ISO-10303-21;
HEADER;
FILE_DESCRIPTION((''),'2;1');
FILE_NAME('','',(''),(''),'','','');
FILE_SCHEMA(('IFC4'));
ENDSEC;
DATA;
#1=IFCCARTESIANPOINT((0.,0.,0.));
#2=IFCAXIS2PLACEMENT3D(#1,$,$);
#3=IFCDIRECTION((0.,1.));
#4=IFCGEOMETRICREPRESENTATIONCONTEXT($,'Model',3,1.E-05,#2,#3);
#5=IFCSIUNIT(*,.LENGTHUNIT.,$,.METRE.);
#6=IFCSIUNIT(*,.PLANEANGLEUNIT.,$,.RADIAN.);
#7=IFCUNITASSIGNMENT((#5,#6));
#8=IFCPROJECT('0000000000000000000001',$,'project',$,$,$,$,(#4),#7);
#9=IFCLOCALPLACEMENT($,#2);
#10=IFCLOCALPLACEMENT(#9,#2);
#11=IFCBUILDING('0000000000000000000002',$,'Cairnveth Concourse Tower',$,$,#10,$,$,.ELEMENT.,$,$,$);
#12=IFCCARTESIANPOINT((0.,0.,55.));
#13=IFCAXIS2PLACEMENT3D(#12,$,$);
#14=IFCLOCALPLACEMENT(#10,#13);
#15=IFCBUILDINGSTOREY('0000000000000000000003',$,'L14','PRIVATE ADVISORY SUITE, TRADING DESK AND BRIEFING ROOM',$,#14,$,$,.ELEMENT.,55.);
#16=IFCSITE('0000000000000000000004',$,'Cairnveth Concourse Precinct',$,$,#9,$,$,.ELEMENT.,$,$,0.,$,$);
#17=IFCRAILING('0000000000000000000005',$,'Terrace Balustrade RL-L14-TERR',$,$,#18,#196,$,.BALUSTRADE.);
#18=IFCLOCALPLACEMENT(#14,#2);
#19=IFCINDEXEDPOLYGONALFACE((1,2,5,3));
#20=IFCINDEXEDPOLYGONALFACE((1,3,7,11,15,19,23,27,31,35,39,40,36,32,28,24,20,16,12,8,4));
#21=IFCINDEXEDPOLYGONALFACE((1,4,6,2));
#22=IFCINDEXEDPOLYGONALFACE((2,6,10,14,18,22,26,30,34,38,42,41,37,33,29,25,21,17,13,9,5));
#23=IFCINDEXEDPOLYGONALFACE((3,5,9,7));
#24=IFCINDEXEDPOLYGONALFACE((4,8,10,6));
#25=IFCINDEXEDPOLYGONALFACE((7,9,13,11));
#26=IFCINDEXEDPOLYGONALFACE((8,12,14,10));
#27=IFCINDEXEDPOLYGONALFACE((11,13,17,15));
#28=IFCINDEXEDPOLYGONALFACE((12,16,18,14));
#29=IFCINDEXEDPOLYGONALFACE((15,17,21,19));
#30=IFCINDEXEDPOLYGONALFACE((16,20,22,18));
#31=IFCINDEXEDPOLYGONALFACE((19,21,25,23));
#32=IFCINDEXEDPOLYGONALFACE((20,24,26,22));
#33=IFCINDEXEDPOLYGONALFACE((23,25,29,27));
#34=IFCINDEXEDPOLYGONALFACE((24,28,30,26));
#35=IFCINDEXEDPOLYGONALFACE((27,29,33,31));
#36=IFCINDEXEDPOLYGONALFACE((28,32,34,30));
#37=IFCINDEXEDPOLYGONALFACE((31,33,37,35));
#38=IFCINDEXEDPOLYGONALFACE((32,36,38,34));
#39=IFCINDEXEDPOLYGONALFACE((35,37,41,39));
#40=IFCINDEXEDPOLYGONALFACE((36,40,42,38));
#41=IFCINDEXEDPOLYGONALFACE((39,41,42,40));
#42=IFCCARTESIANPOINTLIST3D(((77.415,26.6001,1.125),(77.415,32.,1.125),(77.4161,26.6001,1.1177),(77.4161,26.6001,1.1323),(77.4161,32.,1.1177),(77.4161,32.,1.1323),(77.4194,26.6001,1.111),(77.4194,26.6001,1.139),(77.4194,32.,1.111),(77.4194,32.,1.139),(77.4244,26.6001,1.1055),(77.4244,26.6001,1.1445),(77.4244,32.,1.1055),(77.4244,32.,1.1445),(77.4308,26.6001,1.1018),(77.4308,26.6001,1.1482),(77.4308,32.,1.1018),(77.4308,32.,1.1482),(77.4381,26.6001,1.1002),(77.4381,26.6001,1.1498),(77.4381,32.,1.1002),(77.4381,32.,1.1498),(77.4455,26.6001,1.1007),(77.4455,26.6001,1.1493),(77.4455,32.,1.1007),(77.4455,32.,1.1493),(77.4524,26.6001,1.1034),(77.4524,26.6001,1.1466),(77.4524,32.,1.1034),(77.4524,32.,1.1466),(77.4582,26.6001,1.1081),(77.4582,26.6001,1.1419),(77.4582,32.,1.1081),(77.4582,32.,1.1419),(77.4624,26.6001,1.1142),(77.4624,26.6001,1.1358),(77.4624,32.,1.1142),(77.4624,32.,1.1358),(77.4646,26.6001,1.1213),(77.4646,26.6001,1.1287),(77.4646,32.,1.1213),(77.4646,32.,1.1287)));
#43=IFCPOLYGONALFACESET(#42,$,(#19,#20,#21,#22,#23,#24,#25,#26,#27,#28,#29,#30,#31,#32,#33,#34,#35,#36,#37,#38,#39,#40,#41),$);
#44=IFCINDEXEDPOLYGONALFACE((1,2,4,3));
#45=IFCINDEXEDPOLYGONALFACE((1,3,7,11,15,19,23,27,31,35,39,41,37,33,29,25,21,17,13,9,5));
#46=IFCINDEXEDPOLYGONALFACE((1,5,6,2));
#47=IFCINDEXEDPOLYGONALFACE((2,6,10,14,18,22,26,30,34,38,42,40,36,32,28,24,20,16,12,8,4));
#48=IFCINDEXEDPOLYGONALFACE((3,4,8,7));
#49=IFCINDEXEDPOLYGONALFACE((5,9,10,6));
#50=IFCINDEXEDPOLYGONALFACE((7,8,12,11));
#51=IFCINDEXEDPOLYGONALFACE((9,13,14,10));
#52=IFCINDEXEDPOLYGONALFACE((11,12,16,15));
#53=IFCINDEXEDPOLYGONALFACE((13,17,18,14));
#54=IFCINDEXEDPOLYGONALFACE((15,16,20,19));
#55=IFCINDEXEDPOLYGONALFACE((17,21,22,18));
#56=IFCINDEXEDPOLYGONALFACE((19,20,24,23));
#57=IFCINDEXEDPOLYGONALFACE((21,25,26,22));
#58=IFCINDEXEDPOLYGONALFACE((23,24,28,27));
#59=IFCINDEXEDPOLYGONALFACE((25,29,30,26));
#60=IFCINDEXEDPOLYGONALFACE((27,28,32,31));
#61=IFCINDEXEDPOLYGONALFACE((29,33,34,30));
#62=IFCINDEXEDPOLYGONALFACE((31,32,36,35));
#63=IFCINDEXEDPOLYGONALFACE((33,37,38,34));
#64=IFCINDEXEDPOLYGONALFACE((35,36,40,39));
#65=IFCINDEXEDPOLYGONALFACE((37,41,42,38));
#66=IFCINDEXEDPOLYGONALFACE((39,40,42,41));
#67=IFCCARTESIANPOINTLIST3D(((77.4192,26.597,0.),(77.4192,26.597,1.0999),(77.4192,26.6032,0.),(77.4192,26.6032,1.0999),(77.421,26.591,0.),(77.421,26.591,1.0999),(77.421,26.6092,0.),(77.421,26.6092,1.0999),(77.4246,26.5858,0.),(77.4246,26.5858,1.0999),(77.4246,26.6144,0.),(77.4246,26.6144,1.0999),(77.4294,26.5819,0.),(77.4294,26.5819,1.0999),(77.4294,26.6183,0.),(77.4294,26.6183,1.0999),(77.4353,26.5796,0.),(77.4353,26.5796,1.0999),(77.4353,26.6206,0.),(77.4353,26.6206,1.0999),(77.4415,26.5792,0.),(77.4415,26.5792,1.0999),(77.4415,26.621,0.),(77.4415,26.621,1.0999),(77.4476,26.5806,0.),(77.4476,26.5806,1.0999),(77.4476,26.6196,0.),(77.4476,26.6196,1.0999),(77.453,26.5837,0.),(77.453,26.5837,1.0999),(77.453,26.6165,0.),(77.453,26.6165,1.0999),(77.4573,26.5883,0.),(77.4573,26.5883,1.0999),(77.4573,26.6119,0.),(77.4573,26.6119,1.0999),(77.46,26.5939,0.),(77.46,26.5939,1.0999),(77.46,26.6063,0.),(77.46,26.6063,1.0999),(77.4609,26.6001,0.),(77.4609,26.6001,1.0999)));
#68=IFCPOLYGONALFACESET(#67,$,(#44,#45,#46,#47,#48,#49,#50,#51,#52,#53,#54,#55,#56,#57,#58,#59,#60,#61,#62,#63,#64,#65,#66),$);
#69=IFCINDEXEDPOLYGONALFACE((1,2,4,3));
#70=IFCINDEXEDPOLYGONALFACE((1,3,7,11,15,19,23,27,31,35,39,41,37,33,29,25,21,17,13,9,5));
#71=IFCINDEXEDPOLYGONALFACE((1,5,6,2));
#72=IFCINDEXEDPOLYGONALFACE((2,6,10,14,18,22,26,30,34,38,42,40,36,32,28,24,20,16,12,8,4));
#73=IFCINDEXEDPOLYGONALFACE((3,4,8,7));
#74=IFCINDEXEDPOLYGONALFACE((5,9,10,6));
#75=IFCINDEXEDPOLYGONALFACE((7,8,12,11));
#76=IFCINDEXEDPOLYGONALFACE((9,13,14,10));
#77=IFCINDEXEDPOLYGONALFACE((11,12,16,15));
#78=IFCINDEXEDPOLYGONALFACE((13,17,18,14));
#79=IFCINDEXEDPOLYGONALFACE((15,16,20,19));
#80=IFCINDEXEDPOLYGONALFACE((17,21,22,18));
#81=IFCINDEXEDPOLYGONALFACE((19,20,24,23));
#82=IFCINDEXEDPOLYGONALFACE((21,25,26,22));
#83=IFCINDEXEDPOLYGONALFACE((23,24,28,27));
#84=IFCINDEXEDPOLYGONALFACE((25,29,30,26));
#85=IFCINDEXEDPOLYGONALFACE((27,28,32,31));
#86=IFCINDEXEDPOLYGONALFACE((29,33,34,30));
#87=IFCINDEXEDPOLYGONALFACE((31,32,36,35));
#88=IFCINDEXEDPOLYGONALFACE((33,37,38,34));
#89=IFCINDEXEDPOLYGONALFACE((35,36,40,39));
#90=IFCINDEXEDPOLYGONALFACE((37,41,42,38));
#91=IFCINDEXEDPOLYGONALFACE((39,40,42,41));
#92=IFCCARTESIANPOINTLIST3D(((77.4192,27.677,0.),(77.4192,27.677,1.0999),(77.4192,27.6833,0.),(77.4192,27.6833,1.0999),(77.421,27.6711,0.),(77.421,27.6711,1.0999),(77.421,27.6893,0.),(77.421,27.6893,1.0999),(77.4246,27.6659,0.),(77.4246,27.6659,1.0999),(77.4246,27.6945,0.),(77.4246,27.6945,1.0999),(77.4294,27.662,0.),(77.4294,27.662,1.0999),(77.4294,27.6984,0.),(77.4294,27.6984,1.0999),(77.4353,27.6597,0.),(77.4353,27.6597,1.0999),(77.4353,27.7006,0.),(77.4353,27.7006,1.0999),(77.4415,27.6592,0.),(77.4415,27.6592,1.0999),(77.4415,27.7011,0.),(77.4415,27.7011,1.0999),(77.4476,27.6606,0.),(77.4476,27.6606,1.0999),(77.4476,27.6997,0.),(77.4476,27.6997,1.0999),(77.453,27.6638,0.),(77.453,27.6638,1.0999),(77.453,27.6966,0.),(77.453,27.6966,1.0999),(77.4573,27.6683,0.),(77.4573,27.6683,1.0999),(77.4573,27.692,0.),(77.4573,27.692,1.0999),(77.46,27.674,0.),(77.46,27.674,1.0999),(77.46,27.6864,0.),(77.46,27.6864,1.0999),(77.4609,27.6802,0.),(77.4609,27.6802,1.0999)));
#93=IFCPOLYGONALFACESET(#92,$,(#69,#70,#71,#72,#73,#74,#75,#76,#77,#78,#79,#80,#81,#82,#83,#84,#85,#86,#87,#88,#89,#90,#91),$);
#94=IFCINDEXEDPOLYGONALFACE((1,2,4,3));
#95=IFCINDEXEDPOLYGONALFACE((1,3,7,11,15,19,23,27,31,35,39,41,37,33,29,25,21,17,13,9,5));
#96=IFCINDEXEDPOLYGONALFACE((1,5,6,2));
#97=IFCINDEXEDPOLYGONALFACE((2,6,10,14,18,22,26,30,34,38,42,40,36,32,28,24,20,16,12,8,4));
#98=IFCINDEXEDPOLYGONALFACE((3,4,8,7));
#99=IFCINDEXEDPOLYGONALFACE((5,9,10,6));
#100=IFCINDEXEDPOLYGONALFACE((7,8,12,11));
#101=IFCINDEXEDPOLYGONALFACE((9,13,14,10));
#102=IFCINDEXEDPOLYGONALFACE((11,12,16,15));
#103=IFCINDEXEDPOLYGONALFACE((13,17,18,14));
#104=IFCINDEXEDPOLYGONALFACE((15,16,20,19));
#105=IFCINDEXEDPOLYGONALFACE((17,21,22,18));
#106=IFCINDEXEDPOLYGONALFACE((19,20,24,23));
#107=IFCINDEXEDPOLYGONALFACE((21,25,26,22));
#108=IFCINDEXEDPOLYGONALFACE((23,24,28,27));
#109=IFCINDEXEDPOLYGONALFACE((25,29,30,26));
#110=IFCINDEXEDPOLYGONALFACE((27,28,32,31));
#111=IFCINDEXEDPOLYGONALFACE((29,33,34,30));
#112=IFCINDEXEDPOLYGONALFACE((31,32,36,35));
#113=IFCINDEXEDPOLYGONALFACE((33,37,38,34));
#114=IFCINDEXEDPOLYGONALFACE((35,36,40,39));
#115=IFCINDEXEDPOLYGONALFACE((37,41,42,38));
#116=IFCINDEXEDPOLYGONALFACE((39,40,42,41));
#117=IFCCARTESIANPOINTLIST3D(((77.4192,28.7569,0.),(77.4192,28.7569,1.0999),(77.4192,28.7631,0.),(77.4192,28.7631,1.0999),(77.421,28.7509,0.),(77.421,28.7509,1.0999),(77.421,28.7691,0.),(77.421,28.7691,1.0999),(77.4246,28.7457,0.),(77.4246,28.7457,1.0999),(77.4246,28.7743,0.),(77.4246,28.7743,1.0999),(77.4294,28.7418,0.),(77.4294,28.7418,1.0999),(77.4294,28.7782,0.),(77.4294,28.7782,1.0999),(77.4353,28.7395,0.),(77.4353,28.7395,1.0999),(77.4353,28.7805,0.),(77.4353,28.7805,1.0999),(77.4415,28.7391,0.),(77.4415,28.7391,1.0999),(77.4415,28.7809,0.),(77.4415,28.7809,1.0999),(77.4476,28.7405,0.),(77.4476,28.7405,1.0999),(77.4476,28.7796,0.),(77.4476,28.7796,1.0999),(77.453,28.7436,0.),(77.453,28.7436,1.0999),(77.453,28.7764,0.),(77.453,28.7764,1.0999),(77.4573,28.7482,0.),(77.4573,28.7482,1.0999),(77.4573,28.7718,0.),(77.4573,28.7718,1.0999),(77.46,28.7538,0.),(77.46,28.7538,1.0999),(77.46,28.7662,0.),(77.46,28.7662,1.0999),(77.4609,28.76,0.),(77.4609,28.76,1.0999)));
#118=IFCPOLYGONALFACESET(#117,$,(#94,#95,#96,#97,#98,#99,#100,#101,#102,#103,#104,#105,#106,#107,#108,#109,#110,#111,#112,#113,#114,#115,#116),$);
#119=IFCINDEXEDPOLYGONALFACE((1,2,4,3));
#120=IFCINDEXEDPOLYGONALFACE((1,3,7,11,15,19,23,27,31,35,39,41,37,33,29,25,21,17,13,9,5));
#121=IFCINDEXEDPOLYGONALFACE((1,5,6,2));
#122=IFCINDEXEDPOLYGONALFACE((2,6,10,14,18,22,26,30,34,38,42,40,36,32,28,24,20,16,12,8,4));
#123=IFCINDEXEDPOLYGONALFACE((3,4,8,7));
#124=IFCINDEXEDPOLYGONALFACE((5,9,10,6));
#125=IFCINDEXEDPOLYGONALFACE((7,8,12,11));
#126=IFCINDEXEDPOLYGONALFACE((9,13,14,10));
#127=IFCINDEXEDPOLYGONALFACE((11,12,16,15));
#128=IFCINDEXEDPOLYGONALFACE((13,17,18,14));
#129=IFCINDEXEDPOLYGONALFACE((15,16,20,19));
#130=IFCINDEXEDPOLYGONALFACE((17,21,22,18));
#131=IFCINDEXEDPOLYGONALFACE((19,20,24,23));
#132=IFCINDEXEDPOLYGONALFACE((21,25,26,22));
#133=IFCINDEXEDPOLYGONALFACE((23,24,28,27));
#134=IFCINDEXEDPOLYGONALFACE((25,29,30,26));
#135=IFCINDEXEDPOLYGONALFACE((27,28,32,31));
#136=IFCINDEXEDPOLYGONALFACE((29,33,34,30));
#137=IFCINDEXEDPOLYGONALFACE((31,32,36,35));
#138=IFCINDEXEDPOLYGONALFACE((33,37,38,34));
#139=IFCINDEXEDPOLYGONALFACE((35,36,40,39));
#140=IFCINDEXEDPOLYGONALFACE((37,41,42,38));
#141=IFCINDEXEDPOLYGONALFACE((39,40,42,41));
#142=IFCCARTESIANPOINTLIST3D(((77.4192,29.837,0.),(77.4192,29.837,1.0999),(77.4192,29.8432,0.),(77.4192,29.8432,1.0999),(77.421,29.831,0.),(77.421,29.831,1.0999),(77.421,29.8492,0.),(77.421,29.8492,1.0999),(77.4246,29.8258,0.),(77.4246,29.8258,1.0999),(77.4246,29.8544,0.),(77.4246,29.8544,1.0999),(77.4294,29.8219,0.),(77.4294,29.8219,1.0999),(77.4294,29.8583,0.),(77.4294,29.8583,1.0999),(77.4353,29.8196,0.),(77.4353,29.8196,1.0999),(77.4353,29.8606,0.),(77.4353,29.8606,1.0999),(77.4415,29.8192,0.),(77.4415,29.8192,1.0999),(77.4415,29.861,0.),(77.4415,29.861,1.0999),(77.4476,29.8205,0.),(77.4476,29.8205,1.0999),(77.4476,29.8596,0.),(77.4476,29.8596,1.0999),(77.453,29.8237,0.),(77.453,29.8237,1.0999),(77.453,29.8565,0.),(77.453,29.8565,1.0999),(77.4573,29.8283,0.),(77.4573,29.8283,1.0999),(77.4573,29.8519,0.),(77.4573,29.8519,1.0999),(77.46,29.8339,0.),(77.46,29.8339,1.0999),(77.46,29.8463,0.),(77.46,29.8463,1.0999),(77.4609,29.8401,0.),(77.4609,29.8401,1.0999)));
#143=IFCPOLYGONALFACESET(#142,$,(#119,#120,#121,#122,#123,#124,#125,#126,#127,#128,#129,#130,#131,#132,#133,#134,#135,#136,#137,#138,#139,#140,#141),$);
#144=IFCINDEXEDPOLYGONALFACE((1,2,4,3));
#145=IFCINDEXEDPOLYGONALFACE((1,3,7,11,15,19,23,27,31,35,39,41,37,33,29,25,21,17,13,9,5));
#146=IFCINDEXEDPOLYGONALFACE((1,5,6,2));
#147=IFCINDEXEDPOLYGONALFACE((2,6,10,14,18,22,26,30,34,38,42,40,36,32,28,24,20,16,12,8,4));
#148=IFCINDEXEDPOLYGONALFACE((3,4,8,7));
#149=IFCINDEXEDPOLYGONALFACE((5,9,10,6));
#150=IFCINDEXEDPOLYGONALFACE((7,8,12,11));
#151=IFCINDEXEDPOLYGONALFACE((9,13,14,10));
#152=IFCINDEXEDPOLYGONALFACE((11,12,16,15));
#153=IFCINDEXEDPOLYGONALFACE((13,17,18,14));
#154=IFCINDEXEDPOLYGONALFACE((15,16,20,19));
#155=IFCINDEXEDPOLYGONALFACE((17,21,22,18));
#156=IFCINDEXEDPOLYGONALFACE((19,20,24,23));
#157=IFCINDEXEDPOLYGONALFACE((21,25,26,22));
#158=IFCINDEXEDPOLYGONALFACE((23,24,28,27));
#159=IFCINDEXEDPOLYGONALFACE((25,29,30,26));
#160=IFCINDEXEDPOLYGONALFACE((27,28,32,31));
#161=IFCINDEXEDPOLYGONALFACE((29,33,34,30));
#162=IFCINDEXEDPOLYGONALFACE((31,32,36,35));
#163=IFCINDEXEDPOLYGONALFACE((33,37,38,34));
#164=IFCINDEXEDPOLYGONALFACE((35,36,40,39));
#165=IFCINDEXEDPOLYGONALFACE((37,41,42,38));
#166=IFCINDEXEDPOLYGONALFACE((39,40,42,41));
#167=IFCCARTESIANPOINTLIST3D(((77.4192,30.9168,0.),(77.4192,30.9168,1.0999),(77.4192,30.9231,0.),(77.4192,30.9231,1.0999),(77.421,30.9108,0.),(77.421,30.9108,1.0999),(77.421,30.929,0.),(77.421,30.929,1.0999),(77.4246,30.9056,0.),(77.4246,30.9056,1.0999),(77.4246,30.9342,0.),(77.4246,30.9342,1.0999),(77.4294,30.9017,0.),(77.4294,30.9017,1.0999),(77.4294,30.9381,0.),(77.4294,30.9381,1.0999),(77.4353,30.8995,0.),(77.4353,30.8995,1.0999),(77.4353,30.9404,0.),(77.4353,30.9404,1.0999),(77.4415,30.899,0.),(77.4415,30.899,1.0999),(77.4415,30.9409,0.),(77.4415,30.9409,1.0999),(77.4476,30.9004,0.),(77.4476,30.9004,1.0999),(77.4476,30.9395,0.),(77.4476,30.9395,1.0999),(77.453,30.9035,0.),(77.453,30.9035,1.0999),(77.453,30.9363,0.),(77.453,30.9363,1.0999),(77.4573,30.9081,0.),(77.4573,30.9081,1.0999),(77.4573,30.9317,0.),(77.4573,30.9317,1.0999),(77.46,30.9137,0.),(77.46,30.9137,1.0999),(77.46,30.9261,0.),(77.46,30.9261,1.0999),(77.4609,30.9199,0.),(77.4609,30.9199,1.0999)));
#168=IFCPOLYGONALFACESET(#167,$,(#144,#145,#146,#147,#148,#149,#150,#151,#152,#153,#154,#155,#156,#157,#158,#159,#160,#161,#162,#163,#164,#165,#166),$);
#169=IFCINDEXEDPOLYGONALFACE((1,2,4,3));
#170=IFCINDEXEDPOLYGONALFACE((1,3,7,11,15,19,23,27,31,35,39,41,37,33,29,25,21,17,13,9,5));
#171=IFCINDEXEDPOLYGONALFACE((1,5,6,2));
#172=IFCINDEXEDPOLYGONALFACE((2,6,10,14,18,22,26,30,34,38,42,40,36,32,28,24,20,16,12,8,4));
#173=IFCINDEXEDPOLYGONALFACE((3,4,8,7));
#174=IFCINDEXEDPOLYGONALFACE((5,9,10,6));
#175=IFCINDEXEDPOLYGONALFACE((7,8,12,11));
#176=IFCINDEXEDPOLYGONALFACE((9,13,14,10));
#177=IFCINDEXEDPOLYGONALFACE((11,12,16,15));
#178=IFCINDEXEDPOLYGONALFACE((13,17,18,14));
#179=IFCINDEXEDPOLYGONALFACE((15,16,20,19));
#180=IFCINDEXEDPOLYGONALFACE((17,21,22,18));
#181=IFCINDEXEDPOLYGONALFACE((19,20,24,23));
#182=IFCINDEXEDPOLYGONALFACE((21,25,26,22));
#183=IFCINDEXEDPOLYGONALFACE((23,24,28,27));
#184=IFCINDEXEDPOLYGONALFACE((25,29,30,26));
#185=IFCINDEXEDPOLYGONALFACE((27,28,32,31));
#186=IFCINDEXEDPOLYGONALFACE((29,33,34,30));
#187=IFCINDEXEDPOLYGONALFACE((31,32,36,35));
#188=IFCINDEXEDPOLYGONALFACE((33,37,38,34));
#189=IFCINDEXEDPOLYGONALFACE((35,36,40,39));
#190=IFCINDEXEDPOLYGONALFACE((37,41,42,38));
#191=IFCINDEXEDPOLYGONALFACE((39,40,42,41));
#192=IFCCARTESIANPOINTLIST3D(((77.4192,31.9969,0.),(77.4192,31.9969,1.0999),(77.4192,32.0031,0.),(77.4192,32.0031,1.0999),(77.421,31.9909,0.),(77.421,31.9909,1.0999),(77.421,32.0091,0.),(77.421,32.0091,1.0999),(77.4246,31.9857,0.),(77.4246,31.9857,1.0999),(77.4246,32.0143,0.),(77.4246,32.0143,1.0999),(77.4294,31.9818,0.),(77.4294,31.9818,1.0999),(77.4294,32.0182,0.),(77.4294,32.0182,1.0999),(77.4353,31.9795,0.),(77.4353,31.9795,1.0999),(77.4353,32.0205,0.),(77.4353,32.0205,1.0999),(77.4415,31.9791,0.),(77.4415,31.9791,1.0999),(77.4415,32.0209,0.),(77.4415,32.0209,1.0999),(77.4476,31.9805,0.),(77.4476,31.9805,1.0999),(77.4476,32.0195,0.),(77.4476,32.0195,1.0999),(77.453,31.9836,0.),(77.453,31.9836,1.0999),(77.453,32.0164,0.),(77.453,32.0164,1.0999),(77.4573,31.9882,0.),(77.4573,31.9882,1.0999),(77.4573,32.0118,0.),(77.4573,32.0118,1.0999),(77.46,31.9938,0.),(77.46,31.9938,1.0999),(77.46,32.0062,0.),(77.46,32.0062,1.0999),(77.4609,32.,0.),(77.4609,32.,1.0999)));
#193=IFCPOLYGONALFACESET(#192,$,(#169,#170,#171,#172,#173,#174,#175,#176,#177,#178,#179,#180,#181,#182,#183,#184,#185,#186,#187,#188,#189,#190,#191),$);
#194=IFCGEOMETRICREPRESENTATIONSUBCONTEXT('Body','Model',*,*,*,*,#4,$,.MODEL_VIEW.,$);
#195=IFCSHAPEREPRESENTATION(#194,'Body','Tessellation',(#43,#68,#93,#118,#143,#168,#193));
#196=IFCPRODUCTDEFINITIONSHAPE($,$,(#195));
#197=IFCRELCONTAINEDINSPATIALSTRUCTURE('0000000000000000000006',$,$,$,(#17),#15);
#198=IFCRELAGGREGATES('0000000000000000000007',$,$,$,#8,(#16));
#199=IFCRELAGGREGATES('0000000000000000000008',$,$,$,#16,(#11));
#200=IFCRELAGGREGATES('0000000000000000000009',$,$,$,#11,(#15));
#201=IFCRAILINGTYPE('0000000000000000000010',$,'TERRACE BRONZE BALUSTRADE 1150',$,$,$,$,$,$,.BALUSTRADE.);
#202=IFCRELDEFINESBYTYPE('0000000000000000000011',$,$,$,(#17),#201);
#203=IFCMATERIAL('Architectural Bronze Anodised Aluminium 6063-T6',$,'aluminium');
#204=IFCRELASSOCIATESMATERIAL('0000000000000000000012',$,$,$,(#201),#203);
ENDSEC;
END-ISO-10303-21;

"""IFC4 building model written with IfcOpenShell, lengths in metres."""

from ifc_helpers import new_model, si_unit, direction, frame, origin, origin_2d, place, context, subcontext, project, spatial, circle, extrude, material, type_object, element, save


model = new_model("IFC4")

# Units and contexts
model_context = context("Model", 3, precision=1e-05, world=origin(), true_north=direction((0.0, 1.0)))
body_context = subcontext(model_context, "Body", "Model", "MODEL_VIEW")
ifc_project = project(units=[si_unit("LENGTHUNIT", "METRE"), si_unit("PLANEANGLEUNIT", "RADIAN")], contexts=[model_context])

# Site, building, storey
site_placement = place(None, origin())
site = spatial("IfcSite", under=ifc_project, at=site_placement, Name="Cairnveth Concourse Precinct", CompositionType="ELEMENT", RefElevation=0.0)
building_placement = place(site_placement, origin())
building = spatial("IfcBuilding", under=site, at=building_placement, Name="Cairnveth Concourse Tower", CompositionType="ELEMENT")
storey_placement = place(building_placement, frame((0.0, 0.0, 55.0)))
storey = spatial("IfcBuildingStorey", under=building, at=storey_placement, Name="L14", Description="PRIVATE ADVISORY SUITE, TRADING DESK AND BRIEFING ROOM", CompositionType="ELEMENT", Elevation=55.0)

# Shared definitions
ifc_material_1 = material(Name="Architectural Bronze Anodised Aluminium 6063-T6", Category="aluminium")

# Railing
railing_type = type_object("IfcRailingType", Name="TERRACE BRONZE BALUSTRADE 1150", PredefinedType="BALUSTRADE", material=ifc_material_1)
railing_placement = place(storey_placement, frame((77.4399, 26.6001, 0.0)))
element("IfcRailing", 1, at=railing_placement, inside=storey, type_object=railing_type, Name="Terrace Balustrade RL-L14-TERR", PredefinedType="BALUSTRADE", context=body_context, shape_type="SweptSolid", body=[
    extrude(circle(Radius=0.0249, at=origin_2d()), frame((0.0, 0.0, 1.125), z_axis=(0.0, 1.0, 0.0), x_axis=(-1.0, 0.0, 0.0)), (0.0, 0.0, 1.0), 5.3999),
    extrude(circle(Radius=0.021, at=origin_2d()), origin(), (0.0, 0.0, 1.0), 1.0999),
    extrude(circle(Radius=0.021, at=origin_2d()), frame((0.0, 1.0801, 0.0)), (0.0, 0.0, 1.0), 1.0999),
    extrude(circle(Radius=0.021, at=origin_2d()), frame((0.0, 2.1599, 0.0)), (0.0, 0.0, 1.0), 1.0999),
    extrude(circle(Radius=0.021, at=origin_2d()), frame((0.0, 3.24, 0.0)), (0.0, 0.0, 1.0), 1.0999),
    extrude(circle(Radius=0.021, at=origin_2d()), frame((0.0, 4.3198, 0.0)), (0.0, 0.0, 1.0), 1.0999),
    extrude(circle(Radius=0.021, at=origin_2d()), frame((0.0, 5.3999, 0.0)), (0.0, 0.0, 1.0), 1.0999),
])

save(model, "model.ifc")
